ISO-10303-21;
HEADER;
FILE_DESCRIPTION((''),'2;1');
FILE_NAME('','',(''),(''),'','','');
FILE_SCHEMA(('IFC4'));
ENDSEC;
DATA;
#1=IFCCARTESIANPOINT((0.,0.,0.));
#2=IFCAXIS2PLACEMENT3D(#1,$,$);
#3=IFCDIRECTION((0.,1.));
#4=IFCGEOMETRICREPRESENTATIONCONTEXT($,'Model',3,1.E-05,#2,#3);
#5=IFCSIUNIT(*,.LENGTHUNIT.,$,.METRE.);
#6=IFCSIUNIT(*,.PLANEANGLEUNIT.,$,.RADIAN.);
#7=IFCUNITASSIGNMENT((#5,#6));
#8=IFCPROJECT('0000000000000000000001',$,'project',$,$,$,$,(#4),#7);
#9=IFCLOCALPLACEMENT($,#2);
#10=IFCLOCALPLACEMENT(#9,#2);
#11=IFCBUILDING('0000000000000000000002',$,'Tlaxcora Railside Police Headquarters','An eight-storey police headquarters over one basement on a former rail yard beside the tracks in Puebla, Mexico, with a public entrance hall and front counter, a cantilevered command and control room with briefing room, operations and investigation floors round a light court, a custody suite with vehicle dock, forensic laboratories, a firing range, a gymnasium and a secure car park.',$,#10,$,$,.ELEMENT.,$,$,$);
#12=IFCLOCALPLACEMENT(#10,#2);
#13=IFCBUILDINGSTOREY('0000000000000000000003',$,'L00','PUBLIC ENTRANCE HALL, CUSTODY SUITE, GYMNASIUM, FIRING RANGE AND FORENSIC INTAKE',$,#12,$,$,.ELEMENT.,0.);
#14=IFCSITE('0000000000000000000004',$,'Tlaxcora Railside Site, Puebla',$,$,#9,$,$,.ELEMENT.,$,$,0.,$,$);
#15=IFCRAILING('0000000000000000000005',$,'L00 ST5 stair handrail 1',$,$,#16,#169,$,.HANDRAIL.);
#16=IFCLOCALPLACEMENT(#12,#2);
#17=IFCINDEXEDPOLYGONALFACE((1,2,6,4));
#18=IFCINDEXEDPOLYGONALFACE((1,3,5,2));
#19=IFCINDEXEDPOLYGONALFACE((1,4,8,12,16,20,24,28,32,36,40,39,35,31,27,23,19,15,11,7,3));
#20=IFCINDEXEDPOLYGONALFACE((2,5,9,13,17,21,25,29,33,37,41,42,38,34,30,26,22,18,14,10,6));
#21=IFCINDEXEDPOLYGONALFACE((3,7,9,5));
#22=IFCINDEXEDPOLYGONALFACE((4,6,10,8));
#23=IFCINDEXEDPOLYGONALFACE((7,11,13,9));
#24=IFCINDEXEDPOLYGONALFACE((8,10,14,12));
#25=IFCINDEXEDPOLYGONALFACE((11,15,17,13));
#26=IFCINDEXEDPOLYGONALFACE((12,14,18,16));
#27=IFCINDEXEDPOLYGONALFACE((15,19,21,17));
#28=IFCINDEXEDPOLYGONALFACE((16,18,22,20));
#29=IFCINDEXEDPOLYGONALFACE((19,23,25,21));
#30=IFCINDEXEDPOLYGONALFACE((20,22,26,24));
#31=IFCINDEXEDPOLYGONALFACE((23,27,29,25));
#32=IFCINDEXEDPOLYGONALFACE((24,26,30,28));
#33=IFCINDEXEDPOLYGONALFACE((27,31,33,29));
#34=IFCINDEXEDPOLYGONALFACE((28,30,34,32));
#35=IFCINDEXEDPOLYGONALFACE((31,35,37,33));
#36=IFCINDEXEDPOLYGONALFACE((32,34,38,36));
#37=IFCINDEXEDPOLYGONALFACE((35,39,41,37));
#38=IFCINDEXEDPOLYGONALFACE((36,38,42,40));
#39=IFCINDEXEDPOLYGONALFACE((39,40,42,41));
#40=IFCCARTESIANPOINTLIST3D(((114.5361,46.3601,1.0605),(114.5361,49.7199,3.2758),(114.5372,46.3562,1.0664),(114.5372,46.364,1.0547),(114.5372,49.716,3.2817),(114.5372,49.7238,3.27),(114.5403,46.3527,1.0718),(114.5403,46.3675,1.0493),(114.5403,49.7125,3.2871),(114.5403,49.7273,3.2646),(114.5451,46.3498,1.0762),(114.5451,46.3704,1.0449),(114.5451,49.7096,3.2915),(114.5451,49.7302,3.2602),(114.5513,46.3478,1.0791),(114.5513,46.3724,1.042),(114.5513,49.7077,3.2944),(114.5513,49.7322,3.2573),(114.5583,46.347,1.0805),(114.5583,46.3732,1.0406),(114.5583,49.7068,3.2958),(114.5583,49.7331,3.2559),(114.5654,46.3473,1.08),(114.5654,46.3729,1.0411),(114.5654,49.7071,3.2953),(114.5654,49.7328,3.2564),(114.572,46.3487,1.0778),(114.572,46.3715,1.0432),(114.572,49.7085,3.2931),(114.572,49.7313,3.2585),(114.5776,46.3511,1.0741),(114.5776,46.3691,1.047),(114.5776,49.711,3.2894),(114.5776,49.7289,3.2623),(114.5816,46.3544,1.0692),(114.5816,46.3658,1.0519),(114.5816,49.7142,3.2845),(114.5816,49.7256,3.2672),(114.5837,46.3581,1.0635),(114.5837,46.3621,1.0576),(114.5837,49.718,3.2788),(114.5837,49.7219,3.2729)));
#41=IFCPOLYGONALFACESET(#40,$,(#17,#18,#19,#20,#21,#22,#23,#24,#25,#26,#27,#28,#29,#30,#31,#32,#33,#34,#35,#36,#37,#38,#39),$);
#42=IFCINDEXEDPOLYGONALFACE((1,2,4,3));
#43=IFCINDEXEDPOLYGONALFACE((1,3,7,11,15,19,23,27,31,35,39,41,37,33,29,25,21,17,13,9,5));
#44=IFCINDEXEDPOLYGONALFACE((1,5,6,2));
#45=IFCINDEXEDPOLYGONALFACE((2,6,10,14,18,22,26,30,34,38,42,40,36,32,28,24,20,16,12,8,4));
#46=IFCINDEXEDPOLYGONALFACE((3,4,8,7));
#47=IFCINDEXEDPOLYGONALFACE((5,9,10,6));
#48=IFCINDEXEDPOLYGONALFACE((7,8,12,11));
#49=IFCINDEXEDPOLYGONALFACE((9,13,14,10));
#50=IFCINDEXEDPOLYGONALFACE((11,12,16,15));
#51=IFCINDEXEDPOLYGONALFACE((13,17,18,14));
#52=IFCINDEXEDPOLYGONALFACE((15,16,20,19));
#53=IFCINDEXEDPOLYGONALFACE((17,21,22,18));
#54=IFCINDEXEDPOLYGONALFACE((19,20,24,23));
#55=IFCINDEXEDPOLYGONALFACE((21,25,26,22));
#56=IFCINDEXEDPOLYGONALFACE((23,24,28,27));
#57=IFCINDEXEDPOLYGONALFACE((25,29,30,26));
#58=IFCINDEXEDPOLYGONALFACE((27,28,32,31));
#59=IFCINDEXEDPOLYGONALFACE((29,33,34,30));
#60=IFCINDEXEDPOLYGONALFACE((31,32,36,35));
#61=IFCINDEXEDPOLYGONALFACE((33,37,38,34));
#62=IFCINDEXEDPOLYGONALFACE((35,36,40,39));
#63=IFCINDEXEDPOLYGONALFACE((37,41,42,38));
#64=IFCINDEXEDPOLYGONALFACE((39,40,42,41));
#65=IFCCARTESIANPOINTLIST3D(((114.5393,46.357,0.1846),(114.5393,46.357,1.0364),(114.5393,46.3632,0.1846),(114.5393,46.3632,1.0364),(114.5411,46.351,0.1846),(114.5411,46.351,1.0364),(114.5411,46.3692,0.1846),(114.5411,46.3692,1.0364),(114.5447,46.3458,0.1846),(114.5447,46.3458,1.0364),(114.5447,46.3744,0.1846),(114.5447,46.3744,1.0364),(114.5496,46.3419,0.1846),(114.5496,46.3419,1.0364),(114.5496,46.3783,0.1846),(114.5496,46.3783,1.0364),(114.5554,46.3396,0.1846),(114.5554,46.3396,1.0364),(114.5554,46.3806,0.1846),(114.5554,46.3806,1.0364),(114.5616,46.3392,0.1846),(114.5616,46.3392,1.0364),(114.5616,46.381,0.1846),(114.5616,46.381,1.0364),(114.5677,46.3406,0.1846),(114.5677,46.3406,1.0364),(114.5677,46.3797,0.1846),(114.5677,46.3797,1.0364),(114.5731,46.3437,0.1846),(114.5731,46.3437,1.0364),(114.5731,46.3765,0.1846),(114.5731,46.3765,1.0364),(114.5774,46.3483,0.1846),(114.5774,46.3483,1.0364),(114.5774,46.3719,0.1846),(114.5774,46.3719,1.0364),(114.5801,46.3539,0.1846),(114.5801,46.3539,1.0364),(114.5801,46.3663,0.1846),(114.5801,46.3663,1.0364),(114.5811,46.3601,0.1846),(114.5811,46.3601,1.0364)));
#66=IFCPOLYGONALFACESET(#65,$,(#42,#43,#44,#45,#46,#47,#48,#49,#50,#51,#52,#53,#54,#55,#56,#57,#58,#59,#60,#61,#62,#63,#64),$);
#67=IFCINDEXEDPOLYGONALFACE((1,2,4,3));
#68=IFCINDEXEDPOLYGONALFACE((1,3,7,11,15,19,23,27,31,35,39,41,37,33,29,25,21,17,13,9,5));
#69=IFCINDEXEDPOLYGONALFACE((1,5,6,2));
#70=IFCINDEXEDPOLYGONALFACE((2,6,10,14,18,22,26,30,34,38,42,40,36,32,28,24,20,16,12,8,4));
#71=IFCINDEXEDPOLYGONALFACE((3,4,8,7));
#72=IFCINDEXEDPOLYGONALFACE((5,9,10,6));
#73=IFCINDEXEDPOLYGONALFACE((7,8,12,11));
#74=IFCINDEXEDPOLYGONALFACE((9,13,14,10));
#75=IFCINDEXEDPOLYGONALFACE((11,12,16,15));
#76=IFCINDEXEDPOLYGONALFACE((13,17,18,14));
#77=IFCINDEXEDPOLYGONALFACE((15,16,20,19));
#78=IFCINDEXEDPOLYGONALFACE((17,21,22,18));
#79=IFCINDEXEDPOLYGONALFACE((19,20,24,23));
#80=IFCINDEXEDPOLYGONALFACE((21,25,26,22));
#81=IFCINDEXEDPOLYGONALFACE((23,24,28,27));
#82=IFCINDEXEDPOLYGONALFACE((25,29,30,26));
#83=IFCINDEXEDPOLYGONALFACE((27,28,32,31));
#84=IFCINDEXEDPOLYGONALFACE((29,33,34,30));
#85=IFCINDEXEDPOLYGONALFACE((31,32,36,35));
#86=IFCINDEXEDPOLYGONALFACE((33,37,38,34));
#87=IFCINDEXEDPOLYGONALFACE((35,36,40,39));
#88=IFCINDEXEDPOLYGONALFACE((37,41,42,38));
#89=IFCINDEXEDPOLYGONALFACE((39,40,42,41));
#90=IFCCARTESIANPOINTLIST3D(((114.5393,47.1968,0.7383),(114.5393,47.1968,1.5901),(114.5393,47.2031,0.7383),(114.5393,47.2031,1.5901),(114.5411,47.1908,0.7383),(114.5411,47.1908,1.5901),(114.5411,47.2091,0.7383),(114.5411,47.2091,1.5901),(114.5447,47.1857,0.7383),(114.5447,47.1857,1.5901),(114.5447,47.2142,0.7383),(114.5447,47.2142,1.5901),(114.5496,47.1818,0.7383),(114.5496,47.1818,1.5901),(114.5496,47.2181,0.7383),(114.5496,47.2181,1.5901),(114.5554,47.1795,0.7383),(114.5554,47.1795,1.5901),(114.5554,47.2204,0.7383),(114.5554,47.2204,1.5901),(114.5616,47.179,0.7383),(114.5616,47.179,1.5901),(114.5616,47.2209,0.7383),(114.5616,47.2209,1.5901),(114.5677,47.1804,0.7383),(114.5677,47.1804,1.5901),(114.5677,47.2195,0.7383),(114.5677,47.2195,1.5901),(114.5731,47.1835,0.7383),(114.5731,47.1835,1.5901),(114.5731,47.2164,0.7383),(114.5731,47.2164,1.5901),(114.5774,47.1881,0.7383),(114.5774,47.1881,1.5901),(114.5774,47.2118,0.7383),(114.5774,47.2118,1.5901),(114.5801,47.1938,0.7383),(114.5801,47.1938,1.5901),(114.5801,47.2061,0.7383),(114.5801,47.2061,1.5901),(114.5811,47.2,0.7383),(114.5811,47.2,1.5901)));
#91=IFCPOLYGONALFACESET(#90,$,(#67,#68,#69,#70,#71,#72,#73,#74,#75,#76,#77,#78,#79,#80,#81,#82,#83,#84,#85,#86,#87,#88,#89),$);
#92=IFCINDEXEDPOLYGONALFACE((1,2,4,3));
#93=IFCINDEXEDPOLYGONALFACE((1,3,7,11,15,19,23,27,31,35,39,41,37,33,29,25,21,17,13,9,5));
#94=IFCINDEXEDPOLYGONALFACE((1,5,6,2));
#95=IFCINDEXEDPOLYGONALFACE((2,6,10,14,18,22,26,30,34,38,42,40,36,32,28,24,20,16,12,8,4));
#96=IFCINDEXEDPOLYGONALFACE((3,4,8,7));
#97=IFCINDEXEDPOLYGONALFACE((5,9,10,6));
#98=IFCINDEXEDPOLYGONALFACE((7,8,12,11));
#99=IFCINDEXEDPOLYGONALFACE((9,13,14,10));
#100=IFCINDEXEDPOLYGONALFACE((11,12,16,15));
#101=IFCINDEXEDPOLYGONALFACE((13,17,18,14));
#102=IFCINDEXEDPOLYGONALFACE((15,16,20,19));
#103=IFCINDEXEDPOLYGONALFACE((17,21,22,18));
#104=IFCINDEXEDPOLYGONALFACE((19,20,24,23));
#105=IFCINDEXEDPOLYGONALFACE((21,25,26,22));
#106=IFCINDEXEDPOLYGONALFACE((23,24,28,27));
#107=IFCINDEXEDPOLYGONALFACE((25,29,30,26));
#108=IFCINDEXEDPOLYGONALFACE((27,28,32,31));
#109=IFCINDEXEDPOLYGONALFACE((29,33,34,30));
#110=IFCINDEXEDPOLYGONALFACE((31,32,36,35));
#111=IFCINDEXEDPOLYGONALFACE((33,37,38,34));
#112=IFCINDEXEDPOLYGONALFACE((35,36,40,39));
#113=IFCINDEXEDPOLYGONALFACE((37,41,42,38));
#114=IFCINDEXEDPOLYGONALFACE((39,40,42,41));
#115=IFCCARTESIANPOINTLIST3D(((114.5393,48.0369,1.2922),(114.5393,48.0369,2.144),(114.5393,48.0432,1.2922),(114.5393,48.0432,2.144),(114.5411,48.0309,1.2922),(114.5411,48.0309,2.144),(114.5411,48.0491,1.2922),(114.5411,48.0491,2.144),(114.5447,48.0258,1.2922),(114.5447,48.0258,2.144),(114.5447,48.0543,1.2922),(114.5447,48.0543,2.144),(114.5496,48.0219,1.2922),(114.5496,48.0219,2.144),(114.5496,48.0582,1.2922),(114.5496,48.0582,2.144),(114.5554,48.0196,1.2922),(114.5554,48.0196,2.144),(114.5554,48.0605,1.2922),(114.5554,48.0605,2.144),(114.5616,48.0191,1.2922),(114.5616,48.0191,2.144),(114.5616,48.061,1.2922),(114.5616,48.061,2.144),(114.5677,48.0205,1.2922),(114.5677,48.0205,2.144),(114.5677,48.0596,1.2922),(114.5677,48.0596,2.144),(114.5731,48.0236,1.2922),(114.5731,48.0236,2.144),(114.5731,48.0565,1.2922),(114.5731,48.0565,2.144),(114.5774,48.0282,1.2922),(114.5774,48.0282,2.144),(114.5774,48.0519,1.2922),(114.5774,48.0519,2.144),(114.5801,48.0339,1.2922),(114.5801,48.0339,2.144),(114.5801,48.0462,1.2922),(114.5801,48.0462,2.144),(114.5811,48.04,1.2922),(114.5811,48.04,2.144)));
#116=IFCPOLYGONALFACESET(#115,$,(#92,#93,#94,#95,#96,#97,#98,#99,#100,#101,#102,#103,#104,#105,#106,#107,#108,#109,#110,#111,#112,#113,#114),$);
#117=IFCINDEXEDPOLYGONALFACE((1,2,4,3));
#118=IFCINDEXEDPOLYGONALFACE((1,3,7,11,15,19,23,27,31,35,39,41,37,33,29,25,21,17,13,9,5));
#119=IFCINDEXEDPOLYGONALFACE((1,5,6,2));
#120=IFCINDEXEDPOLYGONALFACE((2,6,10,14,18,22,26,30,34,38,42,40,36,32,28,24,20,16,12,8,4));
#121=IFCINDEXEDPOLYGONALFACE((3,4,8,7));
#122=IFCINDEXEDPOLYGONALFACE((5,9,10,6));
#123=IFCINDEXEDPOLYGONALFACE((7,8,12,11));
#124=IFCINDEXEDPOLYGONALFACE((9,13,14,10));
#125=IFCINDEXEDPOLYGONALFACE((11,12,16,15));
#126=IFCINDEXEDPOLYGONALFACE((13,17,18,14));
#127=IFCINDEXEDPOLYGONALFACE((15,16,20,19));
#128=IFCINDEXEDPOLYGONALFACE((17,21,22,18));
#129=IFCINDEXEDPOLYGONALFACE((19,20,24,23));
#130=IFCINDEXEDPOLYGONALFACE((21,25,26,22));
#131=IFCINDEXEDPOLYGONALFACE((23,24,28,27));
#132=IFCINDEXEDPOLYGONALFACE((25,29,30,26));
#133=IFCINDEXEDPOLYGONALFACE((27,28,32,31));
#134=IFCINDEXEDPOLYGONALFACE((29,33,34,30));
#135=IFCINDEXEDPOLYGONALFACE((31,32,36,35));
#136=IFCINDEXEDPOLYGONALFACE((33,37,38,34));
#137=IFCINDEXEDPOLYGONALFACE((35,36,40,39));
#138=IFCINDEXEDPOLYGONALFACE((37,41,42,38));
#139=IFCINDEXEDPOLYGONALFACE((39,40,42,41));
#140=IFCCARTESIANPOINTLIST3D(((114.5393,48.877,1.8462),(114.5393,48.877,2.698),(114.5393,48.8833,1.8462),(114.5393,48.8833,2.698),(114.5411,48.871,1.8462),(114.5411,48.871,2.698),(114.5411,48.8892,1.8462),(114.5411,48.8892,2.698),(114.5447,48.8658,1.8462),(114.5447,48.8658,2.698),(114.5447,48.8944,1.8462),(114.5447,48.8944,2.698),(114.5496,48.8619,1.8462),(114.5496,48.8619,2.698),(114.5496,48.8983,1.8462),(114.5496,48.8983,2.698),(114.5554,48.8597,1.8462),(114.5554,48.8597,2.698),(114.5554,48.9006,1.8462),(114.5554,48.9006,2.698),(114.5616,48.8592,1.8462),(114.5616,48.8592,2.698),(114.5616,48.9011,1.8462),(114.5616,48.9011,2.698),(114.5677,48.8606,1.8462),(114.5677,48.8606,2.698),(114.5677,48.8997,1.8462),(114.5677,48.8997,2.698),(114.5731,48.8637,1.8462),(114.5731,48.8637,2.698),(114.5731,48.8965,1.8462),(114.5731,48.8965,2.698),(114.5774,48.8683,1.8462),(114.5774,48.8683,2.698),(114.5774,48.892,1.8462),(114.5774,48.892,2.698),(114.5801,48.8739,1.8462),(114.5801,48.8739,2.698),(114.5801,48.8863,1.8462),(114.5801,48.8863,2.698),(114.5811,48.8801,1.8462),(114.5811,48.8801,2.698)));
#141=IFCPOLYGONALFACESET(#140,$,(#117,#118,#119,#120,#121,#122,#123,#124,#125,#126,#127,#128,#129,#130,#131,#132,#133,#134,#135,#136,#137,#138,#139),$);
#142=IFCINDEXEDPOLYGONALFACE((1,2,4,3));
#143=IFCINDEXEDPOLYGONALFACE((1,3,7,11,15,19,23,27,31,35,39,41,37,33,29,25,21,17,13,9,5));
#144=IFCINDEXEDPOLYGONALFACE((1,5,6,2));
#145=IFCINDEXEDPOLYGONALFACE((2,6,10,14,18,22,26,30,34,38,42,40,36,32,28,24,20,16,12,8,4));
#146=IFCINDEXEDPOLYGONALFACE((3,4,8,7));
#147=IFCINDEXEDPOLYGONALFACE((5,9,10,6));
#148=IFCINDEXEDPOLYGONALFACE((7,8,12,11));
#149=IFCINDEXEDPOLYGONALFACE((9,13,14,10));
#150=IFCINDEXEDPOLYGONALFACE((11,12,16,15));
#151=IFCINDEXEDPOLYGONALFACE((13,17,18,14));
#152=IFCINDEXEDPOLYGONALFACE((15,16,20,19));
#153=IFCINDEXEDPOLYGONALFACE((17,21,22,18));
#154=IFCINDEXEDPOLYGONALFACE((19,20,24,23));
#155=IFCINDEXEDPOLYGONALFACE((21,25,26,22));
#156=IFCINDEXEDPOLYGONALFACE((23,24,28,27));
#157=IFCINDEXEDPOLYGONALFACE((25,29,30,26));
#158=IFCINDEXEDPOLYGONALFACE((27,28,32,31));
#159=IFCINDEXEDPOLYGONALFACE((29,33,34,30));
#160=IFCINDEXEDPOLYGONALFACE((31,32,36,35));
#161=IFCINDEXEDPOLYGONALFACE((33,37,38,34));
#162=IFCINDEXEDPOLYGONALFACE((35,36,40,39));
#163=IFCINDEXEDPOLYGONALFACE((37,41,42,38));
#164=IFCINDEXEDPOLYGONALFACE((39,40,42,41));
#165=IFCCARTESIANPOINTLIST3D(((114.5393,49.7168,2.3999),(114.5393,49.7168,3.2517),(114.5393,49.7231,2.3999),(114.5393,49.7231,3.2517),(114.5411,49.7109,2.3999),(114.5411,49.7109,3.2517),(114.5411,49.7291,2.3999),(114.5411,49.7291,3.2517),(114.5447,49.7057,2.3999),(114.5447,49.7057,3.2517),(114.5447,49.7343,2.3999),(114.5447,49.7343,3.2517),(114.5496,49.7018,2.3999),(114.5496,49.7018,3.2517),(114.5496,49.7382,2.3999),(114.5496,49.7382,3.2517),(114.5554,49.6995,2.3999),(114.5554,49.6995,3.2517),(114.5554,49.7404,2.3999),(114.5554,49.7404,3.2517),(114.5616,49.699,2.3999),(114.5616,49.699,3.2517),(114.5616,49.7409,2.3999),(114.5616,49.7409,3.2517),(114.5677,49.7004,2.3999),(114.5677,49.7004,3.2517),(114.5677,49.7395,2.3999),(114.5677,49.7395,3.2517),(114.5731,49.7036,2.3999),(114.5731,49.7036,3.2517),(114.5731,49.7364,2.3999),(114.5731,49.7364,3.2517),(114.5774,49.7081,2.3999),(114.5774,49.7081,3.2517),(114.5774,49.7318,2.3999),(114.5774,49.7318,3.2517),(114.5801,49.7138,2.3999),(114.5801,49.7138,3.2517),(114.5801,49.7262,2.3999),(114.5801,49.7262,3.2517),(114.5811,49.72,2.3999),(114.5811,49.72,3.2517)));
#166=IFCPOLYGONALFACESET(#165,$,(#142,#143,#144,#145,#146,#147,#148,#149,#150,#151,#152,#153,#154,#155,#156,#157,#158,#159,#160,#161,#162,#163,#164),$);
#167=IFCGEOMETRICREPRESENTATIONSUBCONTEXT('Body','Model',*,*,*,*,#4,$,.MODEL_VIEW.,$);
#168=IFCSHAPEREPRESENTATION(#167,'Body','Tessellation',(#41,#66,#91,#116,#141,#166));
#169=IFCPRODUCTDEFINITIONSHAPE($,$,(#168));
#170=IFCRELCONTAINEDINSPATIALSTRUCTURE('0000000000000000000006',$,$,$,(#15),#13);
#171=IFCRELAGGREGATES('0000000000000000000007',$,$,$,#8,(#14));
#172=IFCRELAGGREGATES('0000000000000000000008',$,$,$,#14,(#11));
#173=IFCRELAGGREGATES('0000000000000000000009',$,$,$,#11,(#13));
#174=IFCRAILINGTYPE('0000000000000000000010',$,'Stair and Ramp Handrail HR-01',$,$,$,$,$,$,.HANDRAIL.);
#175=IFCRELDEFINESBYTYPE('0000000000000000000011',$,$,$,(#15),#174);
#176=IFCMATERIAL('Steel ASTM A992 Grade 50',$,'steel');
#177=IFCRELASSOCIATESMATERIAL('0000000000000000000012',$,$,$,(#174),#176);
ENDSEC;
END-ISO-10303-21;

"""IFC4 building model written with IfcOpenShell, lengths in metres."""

from ifc_helpers import new_model, si_unit, direction, frame, origin, origin_2d, place, context, subcontext, project, spatial, circle, extrude, material, type_object, element, save


model = new_model("IFC4")

# Units and contexts
model_context = context("Model", 3, precision=1e-05, world=origin(), true_north=direction((0.0, 1.0)))
body_context = subcontext(model_context, "Body", "Model", "MODEL_VIEW")
ifc_project = project(units=[si_unit("LENGTHUNIT", "METRE"), si_unit("PLANEANGLEUNIT", "RADIAN")], contexts=[model_context])

# Site, building, storey
site_placement = place(None, origin())
site = spatial("IfcSite", under=ifc_project, at=site_placement, Name="Tlaxcora Railside Site, Puebla", CompositionType="ELEMENT", RefElevation=0.0)
building_placement = place(site_placement, origin())
building = spatial("IfcBuilding", under=site, at=building_placement, Name="Tlaxcora Railside Police Headquarters", Description="An eight-storey police headquarters over one basement on a former rail yard beside the tracks in Puebla, Mexico, with a public entrance hall and front counter, a cantilevered command and control room with briefing room, operations and investigation floors round a light court, a custody suite with vehicle dock, forensic laboratories, a firing range, a gymnasium and a secure car park.", CompositionType="ELEMENT")
storey_placement = place(building_placement, origin())
storey = spatial("IfcBuildingStorey", under=building, at=storey_placement, Name="L00", Description="PUBLIC ENTRANCE HALL, CUSTODY SUITE, GYMNASIUM, FIRING RANGE AND FORENSIC INTAKE", CompositionType="ELEMENT", Elevation=0.0)

# Shared definitions
ifc_material_1 = material(Name="Steel ASTM A992 Grade 50", Category="steel")

# Railing
railing_type_1 = type_object("IfcRailingType", Name="Stair and Ramp Handrail HR-01", PredefinedType="HANDRAIL", material=ifc_material_1)
railing_1_placement = place(storey_placement, frame((114.5601, 46.3601, 0.1846)))
element("IfcRailing", 1, at=railing_1_placement, inside=storey, type_object=railing_type_1, Name="L00 ST5 stair handrail 1", PredefinedType="HANDRAIL", context=body_context, shape_type="SweptSolid", body=[
    extrude(circle(Radius=0.0239, at=origin_2d()), frame((0.0, 0.0, 0.876), z_axis=(0.0, 0.834858, 0.550465), x_axis=(-1.0, 0.0, 0.0)), (0.0, 0.0, 1.0), 4.0244),
    extrude(circle(Radius=0.021, at=origin_2d()), origin(), (0.0, 0.0, 1.0), 0.8518),
    extrude(circle(Radius=0.021, at=origin_2d()), frame((0.0, 0.8398, 0.5537)), (0.0, 0.0, 1.0), 0.8518),
    extrude(circle(Radius=0.021, at=origin_2d()), frame((0.0, 1.6799, 1.1077)), (0.0, 0.0, 1.0), 0.8518),
    extrude(circle(Radius=0.021, at=origin_2d()), frame((0.0, 2.52, 1.6616)), (0.0, 0.0, 1.0), 0.8518),
    extrude(circle(Radius=0.021, at=origin_2d()), frame((0.0, 3.3599, 2.2153)), (0.0, 0.0, 1.0), 0.8518),
])

save(model, "model.ifc")
